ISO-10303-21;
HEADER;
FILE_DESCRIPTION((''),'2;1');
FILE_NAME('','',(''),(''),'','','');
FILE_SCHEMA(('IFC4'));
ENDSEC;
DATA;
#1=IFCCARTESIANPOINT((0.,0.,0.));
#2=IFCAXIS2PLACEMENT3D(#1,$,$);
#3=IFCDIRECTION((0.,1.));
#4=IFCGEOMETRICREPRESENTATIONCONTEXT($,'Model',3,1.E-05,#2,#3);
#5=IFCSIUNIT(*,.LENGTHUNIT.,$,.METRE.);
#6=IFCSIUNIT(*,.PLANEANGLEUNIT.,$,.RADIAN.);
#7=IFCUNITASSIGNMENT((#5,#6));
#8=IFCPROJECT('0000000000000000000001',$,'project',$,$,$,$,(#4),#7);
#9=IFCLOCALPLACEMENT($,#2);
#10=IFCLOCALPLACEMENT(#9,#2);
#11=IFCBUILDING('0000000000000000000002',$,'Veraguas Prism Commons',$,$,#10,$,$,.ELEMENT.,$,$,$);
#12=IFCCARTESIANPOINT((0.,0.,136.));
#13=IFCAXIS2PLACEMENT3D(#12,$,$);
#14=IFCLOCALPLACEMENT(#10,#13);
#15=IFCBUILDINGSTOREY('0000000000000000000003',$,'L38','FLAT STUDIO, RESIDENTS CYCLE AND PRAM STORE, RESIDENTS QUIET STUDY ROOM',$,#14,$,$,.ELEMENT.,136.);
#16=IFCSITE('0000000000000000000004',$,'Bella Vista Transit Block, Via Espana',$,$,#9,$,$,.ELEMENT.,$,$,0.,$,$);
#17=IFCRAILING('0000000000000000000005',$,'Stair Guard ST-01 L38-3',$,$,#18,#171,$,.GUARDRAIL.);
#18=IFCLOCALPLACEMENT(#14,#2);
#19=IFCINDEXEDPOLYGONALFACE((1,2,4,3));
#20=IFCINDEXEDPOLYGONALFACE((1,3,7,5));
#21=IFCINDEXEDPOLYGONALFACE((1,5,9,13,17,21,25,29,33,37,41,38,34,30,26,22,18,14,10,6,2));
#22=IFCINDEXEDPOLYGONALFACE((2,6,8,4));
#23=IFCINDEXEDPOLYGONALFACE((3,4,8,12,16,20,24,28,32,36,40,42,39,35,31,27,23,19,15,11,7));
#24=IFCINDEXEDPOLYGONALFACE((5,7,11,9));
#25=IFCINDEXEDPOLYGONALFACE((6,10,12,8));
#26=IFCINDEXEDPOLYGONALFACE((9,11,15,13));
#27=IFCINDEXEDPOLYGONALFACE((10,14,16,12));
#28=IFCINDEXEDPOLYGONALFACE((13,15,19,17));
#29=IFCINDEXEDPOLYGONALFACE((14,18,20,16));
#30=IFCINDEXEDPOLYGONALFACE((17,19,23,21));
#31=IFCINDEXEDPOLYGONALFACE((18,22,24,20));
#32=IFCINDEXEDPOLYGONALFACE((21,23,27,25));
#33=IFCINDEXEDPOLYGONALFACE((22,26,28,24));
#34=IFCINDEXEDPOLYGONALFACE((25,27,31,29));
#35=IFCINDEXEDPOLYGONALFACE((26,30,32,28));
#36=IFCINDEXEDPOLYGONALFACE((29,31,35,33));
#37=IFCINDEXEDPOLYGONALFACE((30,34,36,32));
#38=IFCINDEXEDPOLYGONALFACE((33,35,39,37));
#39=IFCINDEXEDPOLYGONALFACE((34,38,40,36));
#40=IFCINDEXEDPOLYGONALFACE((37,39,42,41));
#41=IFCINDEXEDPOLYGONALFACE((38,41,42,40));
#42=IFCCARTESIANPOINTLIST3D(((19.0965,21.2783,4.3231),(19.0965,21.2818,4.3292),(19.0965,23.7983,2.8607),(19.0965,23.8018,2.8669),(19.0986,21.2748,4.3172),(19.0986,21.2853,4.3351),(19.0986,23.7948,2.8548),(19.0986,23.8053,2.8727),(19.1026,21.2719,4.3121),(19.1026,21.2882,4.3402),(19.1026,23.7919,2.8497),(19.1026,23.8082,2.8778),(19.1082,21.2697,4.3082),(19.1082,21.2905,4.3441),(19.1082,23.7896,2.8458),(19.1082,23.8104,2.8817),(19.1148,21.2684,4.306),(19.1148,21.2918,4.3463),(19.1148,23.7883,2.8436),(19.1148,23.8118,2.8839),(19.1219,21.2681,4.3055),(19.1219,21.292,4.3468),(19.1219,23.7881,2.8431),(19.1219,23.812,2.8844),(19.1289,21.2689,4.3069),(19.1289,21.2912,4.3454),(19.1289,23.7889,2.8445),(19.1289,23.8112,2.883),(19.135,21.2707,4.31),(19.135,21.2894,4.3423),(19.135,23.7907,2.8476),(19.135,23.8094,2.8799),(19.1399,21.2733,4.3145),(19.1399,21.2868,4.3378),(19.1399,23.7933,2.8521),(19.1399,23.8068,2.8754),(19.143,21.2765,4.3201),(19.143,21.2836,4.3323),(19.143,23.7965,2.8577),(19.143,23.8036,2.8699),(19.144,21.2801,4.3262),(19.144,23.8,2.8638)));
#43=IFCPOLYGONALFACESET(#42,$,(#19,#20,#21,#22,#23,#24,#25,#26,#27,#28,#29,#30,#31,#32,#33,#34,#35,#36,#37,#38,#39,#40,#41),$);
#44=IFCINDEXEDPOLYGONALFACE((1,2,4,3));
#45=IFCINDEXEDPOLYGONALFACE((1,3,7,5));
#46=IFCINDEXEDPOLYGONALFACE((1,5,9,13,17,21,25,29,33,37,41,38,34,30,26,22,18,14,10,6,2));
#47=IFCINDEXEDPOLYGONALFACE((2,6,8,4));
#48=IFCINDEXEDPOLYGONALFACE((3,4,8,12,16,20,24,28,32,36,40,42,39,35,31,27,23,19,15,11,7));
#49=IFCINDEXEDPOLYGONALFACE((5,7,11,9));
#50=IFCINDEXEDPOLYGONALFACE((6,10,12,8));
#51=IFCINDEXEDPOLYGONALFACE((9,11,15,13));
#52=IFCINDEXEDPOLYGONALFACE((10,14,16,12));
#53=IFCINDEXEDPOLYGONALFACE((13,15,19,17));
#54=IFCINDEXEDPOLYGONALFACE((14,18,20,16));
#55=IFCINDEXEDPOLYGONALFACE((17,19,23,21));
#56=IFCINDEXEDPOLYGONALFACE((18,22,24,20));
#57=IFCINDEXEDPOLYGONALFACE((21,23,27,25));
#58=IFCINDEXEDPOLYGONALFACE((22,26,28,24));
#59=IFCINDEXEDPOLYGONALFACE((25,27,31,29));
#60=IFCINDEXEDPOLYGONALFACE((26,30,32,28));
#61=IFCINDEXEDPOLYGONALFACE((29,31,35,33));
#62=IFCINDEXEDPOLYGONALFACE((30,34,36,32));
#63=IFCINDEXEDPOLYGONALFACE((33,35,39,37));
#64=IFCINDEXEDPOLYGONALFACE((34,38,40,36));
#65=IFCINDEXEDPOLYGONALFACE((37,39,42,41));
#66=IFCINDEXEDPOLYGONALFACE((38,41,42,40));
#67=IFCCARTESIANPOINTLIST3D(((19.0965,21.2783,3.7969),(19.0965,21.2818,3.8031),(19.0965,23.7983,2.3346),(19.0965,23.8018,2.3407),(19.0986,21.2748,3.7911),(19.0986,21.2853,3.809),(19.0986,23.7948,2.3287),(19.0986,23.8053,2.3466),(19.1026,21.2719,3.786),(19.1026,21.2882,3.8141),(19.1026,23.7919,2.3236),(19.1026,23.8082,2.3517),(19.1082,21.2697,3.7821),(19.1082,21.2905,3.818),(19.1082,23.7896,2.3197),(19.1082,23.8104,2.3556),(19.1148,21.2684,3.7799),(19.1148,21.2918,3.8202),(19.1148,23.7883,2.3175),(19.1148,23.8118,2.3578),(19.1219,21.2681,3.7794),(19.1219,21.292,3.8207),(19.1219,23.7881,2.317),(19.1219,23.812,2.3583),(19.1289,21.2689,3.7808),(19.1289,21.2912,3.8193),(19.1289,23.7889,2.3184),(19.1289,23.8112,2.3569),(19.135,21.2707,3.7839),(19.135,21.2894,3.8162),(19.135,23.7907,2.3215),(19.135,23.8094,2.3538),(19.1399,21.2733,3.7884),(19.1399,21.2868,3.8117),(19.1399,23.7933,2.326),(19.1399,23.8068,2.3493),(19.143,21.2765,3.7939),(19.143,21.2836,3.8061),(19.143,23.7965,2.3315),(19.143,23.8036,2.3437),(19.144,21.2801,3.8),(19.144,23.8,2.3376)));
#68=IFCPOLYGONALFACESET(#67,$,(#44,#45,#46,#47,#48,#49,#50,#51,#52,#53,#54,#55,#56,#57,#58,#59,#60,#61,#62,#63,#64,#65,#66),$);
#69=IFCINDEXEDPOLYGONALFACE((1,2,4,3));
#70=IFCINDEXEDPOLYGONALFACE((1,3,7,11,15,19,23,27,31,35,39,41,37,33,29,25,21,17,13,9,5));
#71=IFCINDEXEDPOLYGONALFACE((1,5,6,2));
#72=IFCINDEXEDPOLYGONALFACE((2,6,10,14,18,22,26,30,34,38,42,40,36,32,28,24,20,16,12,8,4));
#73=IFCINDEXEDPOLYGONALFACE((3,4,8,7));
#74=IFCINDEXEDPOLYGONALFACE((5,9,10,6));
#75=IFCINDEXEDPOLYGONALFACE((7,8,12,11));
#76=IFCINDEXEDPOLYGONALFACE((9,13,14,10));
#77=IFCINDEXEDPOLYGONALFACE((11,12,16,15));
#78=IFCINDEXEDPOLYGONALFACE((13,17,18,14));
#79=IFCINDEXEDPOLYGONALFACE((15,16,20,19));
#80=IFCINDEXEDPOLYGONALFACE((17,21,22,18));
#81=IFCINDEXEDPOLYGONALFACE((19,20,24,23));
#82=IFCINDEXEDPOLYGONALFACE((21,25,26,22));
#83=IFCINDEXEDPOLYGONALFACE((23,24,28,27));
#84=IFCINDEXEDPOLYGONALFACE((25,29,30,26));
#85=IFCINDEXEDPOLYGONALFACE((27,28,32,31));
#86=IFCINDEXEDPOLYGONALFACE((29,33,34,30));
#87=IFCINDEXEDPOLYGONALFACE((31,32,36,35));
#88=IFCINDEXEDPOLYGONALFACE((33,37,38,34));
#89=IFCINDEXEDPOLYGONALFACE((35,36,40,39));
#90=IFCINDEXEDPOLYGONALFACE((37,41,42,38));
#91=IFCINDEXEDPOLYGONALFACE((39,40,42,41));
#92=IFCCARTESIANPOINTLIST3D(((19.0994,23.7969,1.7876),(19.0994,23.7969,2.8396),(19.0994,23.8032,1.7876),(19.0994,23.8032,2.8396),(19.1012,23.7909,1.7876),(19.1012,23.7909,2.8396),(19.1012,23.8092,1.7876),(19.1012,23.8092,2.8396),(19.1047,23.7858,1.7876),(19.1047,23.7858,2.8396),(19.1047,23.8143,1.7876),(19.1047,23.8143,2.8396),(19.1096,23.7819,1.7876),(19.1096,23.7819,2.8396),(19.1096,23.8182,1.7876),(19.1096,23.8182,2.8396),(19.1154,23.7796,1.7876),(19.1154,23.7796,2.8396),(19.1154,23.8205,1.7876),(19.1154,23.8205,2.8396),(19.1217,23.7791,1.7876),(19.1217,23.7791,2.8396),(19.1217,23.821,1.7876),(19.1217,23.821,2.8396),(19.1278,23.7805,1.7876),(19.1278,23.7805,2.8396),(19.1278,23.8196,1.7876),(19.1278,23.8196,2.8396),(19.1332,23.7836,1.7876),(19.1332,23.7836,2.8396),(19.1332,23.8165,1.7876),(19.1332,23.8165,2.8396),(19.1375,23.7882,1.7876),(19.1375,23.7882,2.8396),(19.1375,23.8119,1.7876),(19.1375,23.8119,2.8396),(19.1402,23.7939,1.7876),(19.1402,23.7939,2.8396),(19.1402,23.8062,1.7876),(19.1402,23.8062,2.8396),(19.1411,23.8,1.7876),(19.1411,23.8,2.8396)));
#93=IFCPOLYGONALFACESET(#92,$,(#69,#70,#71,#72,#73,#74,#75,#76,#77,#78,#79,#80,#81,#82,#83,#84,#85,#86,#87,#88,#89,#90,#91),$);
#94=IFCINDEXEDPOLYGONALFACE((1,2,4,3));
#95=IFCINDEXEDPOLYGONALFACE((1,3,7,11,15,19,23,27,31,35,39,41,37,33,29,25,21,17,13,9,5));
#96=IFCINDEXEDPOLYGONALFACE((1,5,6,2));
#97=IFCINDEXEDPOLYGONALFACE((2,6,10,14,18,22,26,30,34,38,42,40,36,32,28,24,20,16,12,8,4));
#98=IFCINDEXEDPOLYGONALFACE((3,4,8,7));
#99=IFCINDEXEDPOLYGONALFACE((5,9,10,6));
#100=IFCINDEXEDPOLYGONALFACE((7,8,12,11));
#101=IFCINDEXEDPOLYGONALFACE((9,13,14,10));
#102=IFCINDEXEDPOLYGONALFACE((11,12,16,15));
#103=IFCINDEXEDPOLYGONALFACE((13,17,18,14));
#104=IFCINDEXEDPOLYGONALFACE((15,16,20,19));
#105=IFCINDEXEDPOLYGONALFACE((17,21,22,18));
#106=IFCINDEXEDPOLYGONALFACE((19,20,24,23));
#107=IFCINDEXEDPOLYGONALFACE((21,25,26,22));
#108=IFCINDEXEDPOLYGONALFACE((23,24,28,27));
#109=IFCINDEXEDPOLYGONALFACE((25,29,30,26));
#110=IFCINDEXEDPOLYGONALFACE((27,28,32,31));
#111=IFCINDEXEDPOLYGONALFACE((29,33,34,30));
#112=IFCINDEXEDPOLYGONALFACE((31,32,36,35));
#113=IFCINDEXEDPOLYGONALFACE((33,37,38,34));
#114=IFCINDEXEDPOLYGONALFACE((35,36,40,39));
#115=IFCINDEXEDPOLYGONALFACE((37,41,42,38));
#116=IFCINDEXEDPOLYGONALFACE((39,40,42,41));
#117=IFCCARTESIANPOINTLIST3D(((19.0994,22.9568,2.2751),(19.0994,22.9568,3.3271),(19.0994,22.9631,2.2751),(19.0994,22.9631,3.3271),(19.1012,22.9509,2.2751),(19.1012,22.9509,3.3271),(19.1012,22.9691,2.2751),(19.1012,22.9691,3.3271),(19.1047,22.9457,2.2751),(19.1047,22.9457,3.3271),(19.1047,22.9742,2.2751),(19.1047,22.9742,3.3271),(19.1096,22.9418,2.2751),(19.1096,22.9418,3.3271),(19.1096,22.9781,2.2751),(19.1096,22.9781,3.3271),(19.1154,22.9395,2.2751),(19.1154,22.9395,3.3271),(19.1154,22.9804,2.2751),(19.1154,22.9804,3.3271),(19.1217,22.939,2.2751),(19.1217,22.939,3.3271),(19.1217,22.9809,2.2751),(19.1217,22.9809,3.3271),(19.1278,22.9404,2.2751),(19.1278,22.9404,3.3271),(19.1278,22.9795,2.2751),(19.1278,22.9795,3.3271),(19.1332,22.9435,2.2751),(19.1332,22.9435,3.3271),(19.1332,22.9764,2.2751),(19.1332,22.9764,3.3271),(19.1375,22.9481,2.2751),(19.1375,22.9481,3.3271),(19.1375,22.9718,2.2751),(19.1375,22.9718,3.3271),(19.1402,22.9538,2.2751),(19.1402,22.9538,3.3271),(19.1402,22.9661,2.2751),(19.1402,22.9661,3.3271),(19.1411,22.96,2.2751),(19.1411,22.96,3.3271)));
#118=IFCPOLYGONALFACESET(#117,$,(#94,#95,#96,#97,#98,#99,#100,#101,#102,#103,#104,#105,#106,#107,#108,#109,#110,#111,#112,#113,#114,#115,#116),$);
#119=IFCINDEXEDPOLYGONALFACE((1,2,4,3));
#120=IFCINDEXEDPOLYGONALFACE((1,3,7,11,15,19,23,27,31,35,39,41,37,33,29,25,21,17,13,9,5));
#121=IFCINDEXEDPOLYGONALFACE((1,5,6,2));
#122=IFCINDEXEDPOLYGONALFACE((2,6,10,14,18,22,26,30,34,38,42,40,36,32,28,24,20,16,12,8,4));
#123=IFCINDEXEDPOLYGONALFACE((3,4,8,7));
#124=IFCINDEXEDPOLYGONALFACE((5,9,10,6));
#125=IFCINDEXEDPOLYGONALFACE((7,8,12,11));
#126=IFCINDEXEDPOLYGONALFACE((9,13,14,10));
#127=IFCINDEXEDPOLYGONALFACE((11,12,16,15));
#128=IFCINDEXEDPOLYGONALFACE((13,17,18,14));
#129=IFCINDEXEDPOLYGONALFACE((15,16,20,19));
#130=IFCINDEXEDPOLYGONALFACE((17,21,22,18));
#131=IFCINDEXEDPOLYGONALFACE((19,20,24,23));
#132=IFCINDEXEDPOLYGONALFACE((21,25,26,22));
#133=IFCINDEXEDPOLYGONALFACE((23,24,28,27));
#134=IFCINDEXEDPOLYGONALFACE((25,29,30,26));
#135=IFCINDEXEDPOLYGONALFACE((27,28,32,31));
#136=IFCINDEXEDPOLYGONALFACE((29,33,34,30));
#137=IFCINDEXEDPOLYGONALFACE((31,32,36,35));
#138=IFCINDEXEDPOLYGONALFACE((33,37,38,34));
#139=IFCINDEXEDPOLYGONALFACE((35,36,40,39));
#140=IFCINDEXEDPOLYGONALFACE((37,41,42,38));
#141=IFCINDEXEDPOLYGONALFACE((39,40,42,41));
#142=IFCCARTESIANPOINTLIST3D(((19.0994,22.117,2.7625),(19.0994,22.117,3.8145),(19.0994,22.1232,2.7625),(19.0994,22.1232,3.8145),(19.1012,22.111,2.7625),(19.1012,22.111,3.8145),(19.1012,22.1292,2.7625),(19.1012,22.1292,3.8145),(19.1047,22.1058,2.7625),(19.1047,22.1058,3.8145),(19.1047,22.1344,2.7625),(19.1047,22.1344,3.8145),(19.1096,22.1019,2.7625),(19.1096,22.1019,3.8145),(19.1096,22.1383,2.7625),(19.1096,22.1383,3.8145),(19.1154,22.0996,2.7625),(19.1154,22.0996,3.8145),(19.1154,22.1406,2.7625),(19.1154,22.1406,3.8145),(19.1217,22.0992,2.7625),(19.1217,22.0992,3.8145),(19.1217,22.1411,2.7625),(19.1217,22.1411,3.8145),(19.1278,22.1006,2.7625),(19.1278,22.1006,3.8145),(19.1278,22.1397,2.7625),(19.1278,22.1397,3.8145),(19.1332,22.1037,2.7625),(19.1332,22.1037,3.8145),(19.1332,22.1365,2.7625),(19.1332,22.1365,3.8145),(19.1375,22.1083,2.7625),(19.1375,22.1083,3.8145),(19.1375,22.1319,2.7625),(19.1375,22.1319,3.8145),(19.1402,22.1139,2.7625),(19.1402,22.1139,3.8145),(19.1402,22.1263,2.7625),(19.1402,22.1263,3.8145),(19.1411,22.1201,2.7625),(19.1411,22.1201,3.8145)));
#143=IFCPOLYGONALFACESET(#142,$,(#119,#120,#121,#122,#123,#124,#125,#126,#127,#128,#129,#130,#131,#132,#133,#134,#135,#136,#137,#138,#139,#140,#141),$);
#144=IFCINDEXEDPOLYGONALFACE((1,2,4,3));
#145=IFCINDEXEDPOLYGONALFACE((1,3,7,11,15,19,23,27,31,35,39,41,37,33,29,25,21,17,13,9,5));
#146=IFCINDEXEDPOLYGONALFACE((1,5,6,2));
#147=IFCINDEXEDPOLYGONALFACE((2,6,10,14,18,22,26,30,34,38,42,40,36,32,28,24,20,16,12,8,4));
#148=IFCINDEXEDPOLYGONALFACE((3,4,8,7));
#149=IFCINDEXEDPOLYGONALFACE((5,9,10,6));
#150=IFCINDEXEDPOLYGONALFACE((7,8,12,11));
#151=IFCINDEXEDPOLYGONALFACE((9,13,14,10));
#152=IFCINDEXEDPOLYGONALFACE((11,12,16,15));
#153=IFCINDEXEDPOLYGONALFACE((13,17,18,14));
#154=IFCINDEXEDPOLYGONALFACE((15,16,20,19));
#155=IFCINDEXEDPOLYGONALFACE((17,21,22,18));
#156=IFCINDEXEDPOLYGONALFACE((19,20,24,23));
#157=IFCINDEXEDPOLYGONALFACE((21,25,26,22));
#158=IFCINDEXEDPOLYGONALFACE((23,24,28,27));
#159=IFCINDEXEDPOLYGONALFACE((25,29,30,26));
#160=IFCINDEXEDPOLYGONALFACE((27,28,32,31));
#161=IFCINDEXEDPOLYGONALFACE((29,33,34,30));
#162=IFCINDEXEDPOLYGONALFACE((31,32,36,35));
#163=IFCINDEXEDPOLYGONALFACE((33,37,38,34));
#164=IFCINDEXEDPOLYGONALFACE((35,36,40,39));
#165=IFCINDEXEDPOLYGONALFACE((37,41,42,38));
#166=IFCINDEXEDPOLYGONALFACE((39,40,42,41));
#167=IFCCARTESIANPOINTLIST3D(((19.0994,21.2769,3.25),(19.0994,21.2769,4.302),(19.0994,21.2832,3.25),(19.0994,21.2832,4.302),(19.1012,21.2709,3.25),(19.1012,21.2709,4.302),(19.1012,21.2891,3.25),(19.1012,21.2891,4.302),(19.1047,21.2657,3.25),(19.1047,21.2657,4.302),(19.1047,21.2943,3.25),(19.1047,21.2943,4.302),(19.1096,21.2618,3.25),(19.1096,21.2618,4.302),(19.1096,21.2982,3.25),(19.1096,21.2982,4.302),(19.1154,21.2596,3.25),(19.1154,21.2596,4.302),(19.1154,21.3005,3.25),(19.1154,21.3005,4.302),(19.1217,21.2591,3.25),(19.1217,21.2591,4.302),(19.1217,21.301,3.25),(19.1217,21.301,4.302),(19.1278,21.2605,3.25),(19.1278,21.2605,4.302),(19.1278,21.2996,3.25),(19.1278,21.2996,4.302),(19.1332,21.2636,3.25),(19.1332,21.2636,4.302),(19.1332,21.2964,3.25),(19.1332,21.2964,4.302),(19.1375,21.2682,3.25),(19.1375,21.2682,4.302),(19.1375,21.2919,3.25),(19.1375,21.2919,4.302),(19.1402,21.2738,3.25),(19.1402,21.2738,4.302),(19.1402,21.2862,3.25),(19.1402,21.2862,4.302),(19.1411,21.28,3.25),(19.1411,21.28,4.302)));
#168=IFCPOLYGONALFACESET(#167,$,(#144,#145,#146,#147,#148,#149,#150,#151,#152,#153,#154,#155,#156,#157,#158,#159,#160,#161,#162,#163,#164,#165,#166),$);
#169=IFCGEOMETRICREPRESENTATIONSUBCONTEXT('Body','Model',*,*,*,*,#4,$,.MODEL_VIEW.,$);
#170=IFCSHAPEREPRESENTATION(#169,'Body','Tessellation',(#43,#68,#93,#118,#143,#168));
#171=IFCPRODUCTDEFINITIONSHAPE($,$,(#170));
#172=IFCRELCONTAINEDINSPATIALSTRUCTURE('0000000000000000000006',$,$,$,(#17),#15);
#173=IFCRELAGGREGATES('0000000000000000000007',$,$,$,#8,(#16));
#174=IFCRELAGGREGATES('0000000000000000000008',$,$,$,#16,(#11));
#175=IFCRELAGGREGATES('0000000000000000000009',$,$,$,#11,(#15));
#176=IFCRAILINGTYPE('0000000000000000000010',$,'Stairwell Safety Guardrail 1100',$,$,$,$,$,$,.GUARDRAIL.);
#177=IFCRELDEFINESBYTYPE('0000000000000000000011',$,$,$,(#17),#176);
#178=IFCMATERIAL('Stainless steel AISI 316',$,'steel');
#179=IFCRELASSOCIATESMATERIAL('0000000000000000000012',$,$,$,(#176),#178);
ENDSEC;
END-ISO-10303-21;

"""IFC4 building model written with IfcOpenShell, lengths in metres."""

from ifc_helpers import new_model, si_unit, direction, frame, origin, origin_2d, place, context, subcontext, project, spatial, circle, extrude, material, type_object, element, save


model = new_model("IFC4")

# Units and contexts
model_context = context("Model", 3, precision=1e-05, world=origin(), true_north=direction((0.0, 1.0)))
body_context = subcontext(model_context, "Body", "Model", "MODEL_VIEW")
ifc_project = project(units=[si_unit("LENGTHUNIT", "METRE"), si_unit("PLANEANGLEUNIT", "RADIAN")], contexts=[model_context])

# Site, building, storey
site_placement = place(None, origin())
site = spatial("IfcSite", under=ifc_project, at=site_placement, Name="Bella Vista Transit Block, Via Espana", CompositionType="ELEMENT", RefElevation=0.0)
building_placement = place(site_placement, origin())
building = spatial("IfcBuilding", under=site, at=building_placement, Name="Veraguas Prism Commons", CompositionType="ELEMENT")
storey_placement = place(building_placement, frame((0.0, 0.0, 136.0)))
storey = spatial("IfcBuildingStorey", under=building, at=storey_placement, Name="L38", Description="FLAT STUDIO, RESIDENTS CYCLE AND PRAM STORE, RESIDENTS QUIET STUDY ROOM", CompositionType="ELEMENT", Elevation=136.0)

# Railing
ifc_material_1 = material(Name="Stainless steel AISI 316", Category="steel")
railing_type_1 = type_object("IfcRailingType", Name="Stairwell Safety Guardrail 1100", PredefinedType="GUARDRAIL", material=ifc_material_1)
railing_1_placement = place(storey_placement, frame((19.1201, 23.8, 1.7876)))
element("IfcRailing", 1, at=railing_1_placement, inside=storey, type_object=railing_type_1, Name="Stair Guard ST-01 L38-3", PredefinedType="GUARDRAIL", context=body_context, shape_type="SweptSolid", body=[
    extrude(circle(Radius=0.0239, at=origin_2d()), frame((0.0, 0.0, 1.0762), z_axis=(0.0, -0.864913, 0.501921), x_axis=(1.0, 0.0, 0.0)), (0.0, 0.0, 1.0), 2.9136),
    extrude(circle(Radius=0.0239, at=origin_2d()), frame((0.0, 0.0, 0.55), z_axis=(0.0, -0.864913, 0.501921), x_axis=(1.0, 0.0, 0.0)), (0.0, 0.0, 1.0), 2.9136),
    extrude(circle(Radius=0.021, at=origin_2d()), origin(), (0.0, 0.0, 1.0), 1.052),
    extrude(circle(Radius=0.021, at=origin_2d()), frame((0.0, -0.8401, 0.4875)), (0.0, 0.0, 1.0), 1.052),
    extrude(circle(Radius=0.021, at=origin_2d()), frame((0.0, -1.6799, 0.9749)), (0.0, 0.0, 1.0), 1.052),
    extrude(circle(Radius=0.021, at=origin_2d()), frame((0.0, -2.52, 1.4624)), (0.0, 0.0, 1.0), 1.052),
])

save(model, "model.ifc")
